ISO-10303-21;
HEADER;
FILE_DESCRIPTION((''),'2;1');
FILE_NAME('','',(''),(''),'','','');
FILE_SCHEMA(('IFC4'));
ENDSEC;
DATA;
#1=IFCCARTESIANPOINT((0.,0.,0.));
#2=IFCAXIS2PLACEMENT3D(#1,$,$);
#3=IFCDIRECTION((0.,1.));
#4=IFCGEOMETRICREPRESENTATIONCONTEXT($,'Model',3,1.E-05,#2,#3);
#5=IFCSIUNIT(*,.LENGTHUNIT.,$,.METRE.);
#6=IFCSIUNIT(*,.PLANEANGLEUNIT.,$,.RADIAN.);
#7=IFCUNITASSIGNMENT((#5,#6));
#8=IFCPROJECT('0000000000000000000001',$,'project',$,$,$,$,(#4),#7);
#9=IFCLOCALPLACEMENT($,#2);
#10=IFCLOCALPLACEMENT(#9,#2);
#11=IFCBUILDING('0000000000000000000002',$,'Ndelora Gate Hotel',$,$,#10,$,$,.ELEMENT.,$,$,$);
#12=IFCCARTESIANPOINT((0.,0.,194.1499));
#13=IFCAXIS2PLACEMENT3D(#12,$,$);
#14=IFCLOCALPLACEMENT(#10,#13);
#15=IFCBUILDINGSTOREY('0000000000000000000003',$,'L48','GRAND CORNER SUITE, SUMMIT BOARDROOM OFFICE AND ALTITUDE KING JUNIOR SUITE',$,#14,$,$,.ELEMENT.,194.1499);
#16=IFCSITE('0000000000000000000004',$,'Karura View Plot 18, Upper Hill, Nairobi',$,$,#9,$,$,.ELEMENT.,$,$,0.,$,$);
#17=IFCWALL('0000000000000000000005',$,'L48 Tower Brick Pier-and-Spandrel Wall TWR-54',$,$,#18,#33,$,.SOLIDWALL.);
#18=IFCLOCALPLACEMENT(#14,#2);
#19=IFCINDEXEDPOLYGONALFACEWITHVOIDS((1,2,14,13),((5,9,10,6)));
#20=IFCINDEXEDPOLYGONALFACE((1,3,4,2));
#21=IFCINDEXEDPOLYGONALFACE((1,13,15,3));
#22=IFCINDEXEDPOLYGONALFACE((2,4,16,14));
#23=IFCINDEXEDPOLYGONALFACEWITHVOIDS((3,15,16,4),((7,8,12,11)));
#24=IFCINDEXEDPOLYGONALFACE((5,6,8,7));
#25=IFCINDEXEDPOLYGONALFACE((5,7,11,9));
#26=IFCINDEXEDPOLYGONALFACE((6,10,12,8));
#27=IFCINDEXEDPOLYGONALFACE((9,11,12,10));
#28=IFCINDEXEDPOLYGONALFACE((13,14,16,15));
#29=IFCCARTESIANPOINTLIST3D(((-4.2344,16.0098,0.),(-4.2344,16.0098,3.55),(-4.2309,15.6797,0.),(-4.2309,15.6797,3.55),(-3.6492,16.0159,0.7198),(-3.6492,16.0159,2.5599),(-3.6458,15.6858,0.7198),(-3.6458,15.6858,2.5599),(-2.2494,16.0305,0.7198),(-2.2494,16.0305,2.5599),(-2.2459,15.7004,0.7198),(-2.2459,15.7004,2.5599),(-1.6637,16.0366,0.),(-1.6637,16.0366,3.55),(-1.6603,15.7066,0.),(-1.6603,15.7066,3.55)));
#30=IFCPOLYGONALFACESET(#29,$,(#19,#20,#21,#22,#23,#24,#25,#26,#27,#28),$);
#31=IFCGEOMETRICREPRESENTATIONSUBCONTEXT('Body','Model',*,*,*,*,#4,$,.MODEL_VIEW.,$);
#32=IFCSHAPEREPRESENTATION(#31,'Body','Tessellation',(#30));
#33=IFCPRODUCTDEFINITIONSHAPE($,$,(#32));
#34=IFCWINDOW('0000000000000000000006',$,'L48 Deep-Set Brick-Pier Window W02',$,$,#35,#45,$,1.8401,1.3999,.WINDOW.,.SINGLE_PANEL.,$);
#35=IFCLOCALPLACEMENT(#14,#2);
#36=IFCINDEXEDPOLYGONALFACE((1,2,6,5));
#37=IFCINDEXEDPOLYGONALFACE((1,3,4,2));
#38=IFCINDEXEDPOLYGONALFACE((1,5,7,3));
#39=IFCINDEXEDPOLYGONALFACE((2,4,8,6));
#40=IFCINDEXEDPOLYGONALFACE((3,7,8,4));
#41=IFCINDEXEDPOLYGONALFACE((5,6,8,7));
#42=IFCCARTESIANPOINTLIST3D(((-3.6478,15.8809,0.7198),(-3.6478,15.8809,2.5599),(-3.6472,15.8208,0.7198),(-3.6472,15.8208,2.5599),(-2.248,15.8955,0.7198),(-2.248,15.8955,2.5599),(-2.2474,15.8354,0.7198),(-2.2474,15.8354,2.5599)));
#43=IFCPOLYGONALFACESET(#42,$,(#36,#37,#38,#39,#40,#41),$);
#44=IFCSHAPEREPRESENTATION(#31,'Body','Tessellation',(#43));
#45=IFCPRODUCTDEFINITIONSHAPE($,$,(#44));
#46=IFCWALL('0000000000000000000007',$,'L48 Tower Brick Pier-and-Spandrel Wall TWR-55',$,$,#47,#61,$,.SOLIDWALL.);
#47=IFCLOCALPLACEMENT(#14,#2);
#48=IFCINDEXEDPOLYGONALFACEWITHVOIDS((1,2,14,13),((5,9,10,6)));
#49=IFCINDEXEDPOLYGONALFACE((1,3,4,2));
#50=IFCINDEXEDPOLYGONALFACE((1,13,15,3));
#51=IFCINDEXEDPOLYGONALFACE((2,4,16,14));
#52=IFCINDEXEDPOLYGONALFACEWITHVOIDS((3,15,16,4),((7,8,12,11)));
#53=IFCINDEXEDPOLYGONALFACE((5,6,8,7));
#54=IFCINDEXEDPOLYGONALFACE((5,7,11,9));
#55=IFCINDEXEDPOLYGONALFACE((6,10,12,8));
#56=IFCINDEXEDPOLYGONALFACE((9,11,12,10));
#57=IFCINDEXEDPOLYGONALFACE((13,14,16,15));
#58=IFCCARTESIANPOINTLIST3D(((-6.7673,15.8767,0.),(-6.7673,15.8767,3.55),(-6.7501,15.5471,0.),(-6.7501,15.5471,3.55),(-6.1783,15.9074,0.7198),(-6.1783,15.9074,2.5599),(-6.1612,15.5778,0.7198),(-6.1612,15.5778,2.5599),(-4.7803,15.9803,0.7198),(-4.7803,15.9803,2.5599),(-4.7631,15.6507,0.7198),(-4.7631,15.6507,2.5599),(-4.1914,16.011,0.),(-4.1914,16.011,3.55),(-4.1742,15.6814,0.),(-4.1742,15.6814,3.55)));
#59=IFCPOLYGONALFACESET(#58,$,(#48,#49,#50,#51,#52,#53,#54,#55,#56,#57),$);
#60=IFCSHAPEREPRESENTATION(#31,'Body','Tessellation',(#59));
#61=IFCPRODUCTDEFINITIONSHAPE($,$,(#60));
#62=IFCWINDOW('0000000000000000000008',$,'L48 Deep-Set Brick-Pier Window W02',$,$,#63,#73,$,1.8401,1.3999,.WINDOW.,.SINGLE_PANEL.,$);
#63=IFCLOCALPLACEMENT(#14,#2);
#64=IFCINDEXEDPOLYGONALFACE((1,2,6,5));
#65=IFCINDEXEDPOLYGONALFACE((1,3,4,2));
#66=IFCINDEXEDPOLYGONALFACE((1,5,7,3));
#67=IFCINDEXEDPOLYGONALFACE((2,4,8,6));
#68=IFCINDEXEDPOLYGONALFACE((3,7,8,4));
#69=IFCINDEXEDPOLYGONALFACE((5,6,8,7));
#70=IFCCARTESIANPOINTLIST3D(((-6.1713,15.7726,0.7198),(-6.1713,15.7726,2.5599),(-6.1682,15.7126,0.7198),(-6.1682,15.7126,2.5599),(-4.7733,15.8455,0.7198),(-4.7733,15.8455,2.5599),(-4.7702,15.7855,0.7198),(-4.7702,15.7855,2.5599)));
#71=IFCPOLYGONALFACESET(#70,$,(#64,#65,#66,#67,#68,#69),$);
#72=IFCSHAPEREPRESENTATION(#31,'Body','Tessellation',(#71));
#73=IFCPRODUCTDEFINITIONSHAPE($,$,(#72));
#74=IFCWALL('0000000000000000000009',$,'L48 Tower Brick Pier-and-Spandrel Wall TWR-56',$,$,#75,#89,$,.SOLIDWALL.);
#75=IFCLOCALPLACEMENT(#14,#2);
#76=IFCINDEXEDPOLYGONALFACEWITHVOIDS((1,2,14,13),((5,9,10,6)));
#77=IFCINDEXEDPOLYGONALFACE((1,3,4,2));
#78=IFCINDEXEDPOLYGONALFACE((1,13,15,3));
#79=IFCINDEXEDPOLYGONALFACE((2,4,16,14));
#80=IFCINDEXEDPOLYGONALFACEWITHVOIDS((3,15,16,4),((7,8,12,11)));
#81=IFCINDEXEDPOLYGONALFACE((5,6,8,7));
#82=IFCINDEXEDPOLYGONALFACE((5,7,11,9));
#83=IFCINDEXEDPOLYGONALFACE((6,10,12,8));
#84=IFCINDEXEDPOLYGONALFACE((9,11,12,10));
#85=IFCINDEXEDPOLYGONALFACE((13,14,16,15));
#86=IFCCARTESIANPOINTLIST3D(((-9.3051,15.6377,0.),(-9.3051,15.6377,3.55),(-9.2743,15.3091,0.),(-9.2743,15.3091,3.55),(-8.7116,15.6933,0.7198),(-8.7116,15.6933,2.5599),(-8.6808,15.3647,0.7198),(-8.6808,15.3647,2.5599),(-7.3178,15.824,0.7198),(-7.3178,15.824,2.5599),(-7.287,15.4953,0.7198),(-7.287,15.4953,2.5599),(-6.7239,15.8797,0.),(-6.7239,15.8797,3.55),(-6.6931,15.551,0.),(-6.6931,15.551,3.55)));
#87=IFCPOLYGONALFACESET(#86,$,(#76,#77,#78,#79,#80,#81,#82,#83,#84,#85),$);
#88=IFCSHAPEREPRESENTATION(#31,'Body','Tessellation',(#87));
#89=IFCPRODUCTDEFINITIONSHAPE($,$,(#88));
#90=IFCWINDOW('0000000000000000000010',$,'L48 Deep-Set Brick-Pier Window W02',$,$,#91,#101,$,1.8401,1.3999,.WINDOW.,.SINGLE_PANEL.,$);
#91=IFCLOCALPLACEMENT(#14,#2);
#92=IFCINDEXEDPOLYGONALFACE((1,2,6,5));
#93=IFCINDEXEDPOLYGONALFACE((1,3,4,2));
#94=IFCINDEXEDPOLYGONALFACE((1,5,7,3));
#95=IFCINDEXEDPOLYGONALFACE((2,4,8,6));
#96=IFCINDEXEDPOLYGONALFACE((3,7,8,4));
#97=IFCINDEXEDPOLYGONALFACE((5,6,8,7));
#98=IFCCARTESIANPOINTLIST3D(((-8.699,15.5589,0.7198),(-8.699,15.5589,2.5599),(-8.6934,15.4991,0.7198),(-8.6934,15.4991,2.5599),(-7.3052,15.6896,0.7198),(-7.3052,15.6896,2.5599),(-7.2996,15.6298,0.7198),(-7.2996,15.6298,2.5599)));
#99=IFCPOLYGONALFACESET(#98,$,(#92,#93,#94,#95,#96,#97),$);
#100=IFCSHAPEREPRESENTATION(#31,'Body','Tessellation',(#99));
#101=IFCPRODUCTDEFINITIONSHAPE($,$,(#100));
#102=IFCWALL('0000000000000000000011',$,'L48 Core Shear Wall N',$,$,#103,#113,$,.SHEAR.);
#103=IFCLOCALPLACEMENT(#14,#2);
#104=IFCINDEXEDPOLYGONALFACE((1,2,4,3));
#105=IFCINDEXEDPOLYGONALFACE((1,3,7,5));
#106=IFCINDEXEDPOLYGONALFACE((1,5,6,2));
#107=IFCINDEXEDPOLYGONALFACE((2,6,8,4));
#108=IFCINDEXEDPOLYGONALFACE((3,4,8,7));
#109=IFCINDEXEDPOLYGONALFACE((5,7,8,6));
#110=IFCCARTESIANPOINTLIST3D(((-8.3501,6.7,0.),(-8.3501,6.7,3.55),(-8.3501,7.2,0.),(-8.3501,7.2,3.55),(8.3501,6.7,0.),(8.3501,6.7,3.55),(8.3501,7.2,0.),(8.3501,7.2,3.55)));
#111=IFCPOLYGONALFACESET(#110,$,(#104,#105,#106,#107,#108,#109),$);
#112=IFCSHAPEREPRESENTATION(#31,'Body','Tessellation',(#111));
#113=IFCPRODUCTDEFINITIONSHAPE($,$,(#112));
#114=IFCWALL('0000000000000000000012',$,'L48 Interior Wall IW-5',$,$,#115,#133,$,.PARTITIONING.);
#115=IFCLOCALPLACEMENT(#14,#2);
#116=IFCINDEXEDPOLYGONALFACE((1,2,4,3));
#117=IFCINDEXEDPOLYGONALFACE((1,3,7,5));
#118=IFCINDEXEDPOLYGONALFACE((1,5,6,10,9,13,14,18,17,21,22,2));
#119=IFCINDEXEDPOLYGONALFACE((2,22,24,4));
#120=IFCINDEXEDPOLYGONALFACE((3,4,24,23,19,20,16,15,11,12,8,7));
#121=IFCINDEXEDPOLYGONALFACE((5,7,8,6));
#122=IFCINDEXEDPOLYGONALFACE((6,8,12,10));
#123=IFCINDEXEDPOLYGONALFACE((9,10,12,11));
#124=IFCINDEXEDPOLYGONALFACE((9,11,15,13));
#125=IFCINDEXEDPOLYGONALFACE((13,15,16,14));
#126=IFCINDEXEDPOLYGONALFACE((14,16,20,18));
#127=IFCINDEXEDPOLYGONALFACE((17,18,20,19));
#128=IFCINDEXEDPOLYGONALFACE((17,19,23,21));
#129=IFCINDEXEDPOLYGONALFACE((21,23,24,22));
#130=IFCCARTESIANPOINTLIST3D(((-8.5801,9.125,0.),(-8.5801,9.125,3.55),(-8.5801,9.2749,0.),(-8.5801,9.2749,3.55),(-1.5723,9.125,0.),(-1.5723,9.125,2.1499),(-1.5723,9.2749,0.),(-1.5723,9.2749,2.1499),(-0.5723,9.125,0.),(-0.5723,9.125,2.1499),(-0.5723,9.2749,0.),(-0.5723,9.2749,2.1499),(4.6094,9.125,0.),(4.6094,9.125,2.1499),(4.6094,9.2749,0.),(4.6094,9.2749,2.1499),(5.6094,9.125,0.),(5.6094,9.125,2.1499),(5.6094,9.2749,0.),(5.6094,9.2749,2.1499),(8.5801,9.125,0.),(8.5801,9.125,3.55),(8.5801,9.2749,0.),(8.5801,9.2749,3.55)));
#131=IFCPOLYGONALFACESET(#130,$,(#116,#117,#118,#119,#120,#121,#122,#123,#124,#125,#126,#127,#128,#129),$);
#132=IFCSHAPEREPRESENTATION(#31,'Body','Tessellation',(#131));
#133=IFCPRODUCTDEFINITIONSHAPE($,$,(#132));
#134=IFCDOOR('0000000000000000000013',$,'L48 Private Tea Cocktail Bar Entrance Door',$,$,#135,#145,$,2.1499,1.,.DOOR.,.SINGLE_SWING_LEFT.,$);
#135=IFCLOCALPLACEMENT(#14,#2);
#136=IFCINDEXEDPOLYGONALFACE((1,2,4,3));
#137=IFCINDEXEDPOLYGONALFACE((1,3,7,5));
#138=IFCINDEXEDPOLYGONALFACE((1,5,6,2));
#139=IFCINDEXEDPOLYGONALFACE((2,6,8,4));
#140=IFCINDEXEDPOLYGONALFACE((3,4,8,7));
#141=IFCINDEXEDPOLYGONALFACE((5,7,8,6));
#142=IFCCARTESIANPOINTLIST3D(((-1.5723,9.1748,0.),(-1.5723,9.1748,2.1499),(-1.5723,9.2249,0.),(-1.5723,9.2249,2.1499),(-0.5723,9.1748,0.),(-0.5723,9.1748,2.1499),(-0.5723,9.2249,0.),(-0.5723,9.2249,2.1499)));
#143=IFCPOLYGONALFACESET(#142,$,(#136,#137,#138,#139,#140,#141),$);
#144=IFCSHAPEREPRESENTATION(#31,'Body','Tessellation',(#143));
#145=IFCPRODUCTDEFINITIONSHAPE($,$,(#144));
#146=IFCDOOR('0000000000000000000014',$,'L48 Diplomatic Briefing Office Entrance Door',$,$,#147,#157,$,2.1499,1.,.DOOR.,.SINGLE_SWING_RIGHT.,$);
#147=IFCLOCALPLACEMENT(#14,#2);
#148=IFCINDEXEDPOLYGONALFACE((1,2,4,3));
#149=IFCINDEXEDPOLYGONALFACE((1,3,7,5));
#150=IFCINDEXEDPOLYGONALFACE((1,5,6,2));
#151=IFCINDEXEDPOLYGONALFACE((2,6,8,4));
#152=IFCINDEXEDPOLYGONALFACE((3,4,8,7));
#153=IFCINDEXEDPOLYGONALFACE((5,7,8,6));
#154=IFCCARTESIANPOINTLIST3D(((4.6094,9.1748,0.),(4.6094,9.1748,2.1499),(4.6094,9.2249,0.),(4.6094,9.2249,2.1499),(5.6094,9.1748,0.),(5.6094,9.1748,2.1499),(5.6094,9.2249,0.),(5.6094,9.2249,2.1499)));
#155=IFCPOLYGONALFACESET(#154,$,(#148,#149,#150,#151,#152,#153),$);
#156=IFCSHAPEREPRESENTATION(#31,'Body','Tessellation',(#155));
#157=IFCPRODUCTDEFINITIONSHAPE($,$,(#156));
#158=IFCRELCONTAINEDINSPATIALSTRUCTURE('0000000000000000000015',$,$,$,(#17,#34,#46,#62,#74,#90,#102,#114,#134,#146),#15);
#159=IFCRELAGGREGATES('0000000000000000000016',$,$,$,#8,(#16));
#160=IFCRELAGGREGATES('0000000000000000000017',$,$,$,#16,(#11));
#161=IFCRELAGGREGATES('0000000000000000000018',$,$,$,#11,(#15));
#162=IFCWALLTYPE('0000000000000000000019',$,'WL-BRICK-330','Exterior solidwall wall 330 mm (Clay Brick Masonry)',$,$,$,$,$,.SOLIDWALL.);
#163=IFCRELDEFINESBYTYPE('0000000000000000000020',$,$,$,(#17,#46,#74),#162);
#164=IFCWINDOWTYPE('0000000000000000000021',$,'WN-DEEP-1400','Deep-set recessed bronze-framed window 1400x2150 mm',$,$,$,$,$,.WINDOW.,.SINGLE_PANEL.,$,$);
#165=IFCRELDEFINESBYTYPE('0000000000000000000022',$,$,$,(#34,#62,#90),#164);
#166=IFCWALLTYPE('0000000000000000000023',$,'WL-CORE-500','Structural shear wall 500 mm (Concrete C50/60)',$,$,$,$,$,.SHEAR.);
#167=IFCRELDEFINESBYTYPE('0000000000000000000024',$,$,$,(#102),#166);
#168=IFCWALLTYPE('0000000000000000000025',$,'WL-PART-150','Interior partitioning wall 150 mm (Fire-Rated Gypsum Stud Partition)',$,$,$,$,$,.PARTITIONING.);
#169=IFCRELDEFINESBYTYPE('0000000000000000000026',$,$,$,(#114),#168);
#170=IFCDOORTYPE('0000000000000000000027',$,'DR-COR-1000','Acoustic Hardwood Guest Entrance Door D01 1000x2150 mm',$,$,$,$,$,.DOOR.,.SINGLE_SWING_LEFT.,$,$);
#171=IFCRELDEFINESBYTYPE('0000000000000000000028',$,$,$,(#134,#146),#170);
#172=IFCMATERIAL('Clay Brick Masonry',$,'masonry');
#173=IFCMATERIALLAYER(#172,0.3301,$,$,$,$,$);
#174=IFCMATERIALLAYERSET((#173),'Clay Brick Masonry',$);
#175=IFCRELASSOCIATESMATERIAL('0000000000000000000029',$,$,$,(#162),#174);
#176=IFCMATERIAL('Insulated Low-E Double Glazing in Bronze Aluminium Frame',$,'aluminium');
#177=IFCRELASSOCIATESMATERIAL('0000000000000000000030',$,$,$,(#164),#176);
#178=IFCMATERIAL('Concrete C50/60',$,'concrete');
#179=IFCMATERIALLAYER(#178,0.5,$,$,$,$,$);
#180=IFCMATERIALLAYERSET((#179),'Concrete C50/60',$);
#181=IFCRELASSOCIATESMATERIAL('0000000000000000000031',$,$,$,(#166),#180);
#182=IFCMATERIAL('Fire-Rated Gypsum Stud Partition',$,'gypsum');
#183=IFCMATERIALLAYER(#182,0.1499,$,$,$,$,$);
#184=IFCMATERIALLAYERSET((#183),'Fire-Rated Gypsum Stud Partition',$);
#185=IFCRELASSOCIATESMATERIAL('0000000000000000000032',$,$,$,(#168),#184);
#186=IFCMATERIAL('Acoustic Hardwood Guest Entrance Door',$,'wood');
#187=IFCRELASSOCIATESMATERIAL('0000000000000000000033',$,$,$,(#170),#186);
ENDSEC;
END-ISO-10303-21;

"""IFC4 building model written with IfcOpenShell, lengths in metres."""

from ifc_helpers import new_model, si_unit, direction, frame, frame_2d, origin, place, context, subcontext, project, spatial, rectangle, extrude, material, layer, layer_set, type_object, element, fill, save


model = new_model("IFC4")

# Units and contexts
model_context = context("Model", 3, precision=1e-05, world=origin(), true_north=direction((0.0, 1.0)))
body_context = subcontext(model_context, "Body", "Model", "MODEL_VIEW")
ifc_project = project(units=[si_unit("LENGTHUNIT", "METRE"), si_unit("PLANEANGLEUNIT", "RADIAN")], contexts=[model_context])

# Site, building, storey
site_placement = place(None, origin())
site = spatial("IfcSite", under=ifc_project, at=site_placement, Name="Karura View Plot 18, Upper Hill, Nairobi", CompositionType="ELEMENT", RefElevation=0.0)
building_placement = place(site_placement, origin())
building = spatial("IfcBuilding", under=site, at=building_placement, Name="Ndelora Gate Hotel", CompositionType="ELEMENT")
storey_placement = place(building_placement, frame((0.0, 0.0, 194.1499)))
storey = spatial("IfcBuildingStorey", under=building, at=storey_placement, Name="L48", Description="GRAND CORNER SUITE, SUMMIT BOARDROOM OFFICE AND ALTITUDE KING JUNIOR SUITE", CompositionType="ELEMENT", Elevation=194.1499)

# Shared definitions
ifc_material_1 = material(Name="Concrete C50/60", Category="concrete")

# Walls, openings, windows
ifc_material_2 = material(Name="Clay Brick Masonry", Category="masonry")
ifc_layer_1 = layer(ifc_material_2, 0.3301)
ifc_layer_set_1 = layer_set([ifc_layer_1], Name="Clay Brick Masonry")
wall_type_1 = type_object("IfcWallType", Name="WL-BRICK-330", Description="Exterior solidwall wall 330 mm (Clay Brick Masonry)", PredefinedType="SOLIDWALL", material=ifc_layer_set_1)
wall_1_placement = place(storey_placement, frame((-4.2327, 15.8447, 0.0), z_axis=(0.0, 0.0, 1.0), x_axis=(0.999945, 0.010447, 0.0)))
wall_1 = element("IfcWall", 1, at=wall_1_placement, inside=storey, type_object=wall_type_1, Name="L48 Tower Brick Pier-and-Spandrel Wall TWR-54", PredefinedType="SOLIDWALL", context=body_context, shape_type="SweptSolid", body=[
    extrude(rectangle(XDim=2.5708, YDim=0.3301, at=frame_2d((1.2854, 0.0))), origin(), (0.0, 0.0, 1.0), 3.55),
])
opening_1_placement = place(wall_1_placement, frame((0.5852, 0.0, 0.72)))
opening_1 = element("IfcOpeningElement", 2, at=opening_1_placement, cuts=wall_1, PredefinedType="OPENING", context=body_context, shape_type="SweptSolid", body=[
    extrude(rectangle(XDim=1.3999, YDim=1.8401, at=frame_2d((0.7, 0.9199))), frame((0.0, 0.175, 0.0), z_axis=(0.0, -1.0, 0.0), x_axis=(1.0, 0.0, 0.0)), (0.0, 0.0, 1.0), 0.3501),
])
ifc_material_3 = material(Name="Insulated Low-E Double Glazing in Bronze Aluminium Frame", Category="aluminium")
window_type = type_object("IfcWindowType", Name="WN-DEEP-1400", Description="Deep-set recessed bronze-framed window 1400x2150 mm", PartitioningType="SINGLE_PANEL", PredefinedType="WINDOW", material=ifc_material_3)
window_1_placement = place(opening_1_placement, origin())
window_1 = element("IfcWindow", 3, at=window_1_placement, inside=storey, type_object=window_type, Name="L48 Deep-Set Brick-Pier Window W02", OverallHeight=1.8401, OverallWidth=1.3999, PartitioningType="SINGLE_PANEL", PredefinedType="WINDOW", context=body_context, shape_type="SweptSolid", body=[
    extrude(rectangle(XDim=1.3999, YDim=1.8401, at=frame_2d((0.7, 0.9199))), frame((0.0, 0.03, 0.0), z_axis=(0.0, -1.0, 0.0), x_axis=(1.0, 0.0, 0.0)), (0.0, 0.0, 1.0), 0.0601),
])
fill(opening_1, window_1)
wall_2_placement = place(storey_placement, frame((-6.7585, 15.7119, 0.0), z_axis=(0.0, 0.0, 1.0), x_axis=(0.998644, 0.052057, 0.0)))
wall_2 = element("IfcWall", 4, at=wall_2_placement, inside=storey, type_object=wall_type_1, Name="L48 Tower Brick Pier-and-Spandrel Wall TWR-55", PredefinedType="SOLIDWALL", context=body_context, shape_type="SweptSolid", body=[
    extrude(rectangle(XDim=2.5793, YDim=0.3301, at=frame_2d((1.2896, 0.0))), origin(), (0.0, 0.0, 1.0), 3.55),
])
opening_2_placement = place(wall_2_placement, frame((0.5896, 0.0, 0.72)))
opening_2 = element("IfcOpeningElement", 5, at=opening_2_placement, cuts=wall_2, PredefinedType="OPENING", context=body_context, shape_type="SweptSolid", body=[
    extrude(rectangle(XDim=1.3999, YDim=1.8401, at=frame_2d((0.7, 0.9199))), frame((0.0, 0.175, 0.0), z_axis=(0.0, -1.0, 0.0), x_axis=(1.0, 0.0, 0.0)), (0.0, 0.0, 1.0), 0.3501),
])
window_2_placement = place(opening_2_placement, origin())
window_2 = element("IfcWindow", 6, at=window_2_placement, inside=storey, type_object=window_type, Name="L48 Deep-Set Brick-Pier Window W02", OverallHeight=1.8401, OverallWidth=1.3999, PartitioningType="SINGLE_PANEL", PredefinedType="WINDOW", context=body_context, shape_type="SweptSolid", body=[
    extrude(rectangle(XDim=1.3999, YDim=1.8401, at=frame_2d((0.7, 0.9199))), frame((0.0, 0.03, 0.0), z_axis=(0.0, -1.0, 0.0), x_axis=(1.0, 0.0, 0.0)), (0.0, 0.0, 1.0), 0.0601),
])
fill(opening_2, window_2)
wall_3_placement = place(storey_placement, frame((-9.2898, 15.4734, 0.0), z_axis=(0.0, 0.0, 1.0), x_axis=(0.995636, 0.09332, 0.0)))
wall_3 = element("IfcWall", 7, at=wall_3_placement, inside=storey, type_object=wall_type_1, Name="L48 Tower Brick Pier-and-Spandrel Wall TWR-56", PredefinedType="SOLIDWALL", context=body_context, shape_type="SweptSolid", body=[
    extrude(rectangle(XDim=2.5925, YDim=0.3301, at=frame_2d((1.2964, 0.0))), origin(), (0.0, 0.0, 1.0), 3.55),
])
opening_3_placement = place(wall_3_placement, frame((0.5962, 0.0, 0.72)))
opening_3 = element("IfcOpeningElement", 8, at=opening_3_placement, cuts=wall_3, PredefinedType="OPENING", context=body_context, shape_type="SweptSolid", body=[
    extrude(rectangle(XDim=1.3999, YDim=1.8401, at=frame_2d((0.7, 0.9199))), frame((0.0, 0.175, 0.0), z_axis=(0.0, -1.0, 0.0), x_axis=(1.0, 0.0, 0.0)), (0.0, 0.0, 1.0), 0.3501),
])
window_3_placement = place(opening_3_placement, origin())
window_3 = element("IfcWindow", 9, at=window_3_placement, inside=storey, type_object=window_type, Name="L48 Deep-Set Brick-Pier Window W02", OverallHeight=1.8401, OverallWidth=1.3999, PartitioningType="SINGLE_PANEL", PredefinedType="WINDOW", context=body_context, shape_type="SweptSolid", body=[
    extrude(rectangle(XDim=1.3999, YDim=1.8401, at=frame_2d((0.7, 0.9199))), frame((0.0, 0.03, 0.0), z_axis=(0.0, -1.0, 0.0), x_axis=(1.0, 0.0, 0.0)), (0.0, 0.0, 1.0), 0.0601),
])
fill(opening_3, window_3)

# Wall
ifc_layer_2 = layer(ifc_material_1, 0.5)
ifc_layer_set_2 = layer_set([ifc_layer_2], Name="Concrete C50/60")
wall_type_2 = type_object("IfcWallType", Name="WL-CORE-500", Description="Structural shear wall 500 mm (Concrete C50/60)", PredefinedType="SHEAR", material=ifc_layer_set_2)
wall_4_placement = place(storey_placement, frame((-8.3501, 6.95, 0.0), z_axis=(0.0, 0.0, 1.0), x_axis=(1.0, 0.0, 0.0)))
element("IfcWall", 10, at=wall_4_placement, inside=storey, type_object=wall_type_2, Name="L48 Core Shear Wall N", PredefinedType="SHEAR", context=body_context, shape_type="SweptSolid", body=[
    extrude(rectangle(XDim=16.7002, YDim=0.5, at=frame_2d((8.3501, 0.0))), origin(), (0.0, 0.0, 1.0), 3.55),
])

# Wall, openings, doors
ifc_material_4 = material(Name="Fire-Rated Gypsum Stud Partition", Category="gypsum")
ifc_layer_3 = layer(ifc_material_4, 0.1499)
ifc_layer_set_3 = layer_set([ifc_layer_3], Name="Fire-Rated Gypsum Stud Partition")
wall_type_3 = type_object("IfcWallType", Name="WL-PART-150", Description="Interior partitioning wall 150 mm (Fire-Rated Gypsum Stud Partition)", PredefinedType="PARTITIONING", material=ifc_layer_set_3)
wall_5_placement = place(storey_placement, frame((-8.5801, 9.2, 0.0), z_axis=(0.0, 0.0, 1.0), x_axis=(1.0, 0.0, 0.0)))
wall_5 = element("IfcWall", 11, at=wall_5_placement, inside=storey, type_object=wall_type_3, Name="L48 Interior Wall IW-5", PredefinedType="PARTITIONING", context=body_context, shape_type="SweptSolid", body=[
    extrude(rectangle(XDim=17.1602, YDim=0.1499, at=frame_2d((8.5801, 0.0))), origin(), (0.0, 0.0, 1.0), 3.55),
])
opening_4_placement = place(wall_5_placement, frame((7.0078, 0.0, 0.0)))
opening_4 = element("IfcOpeningElement", 12, at=opening_4_placement, cuts=wall_5, PredefinedType="OPENING", context=body_context, shape_type="SweptSolid", body=[
    extrude(rectangle(XDim=1.0, YDim=2.1499, at=frame_2d((0.5, 1.075))), frame((0.0, 0.085, 0.0), z_axis=(0.0, -1.0, 0.0), x_axis=(1.0, 0.0, 0.0)), (0.0, 0.0, 1.0), 0.1699),
])
opening_5_placement = place(wall_5_placement, frame((13.1895, 0.0, 0.0)))
opening_5 = element("IfcOpeningElement", 13, at=opening_5_placement, cuts=wall_5, PredefinedType="OPENING", context=body_context, shape_type="SweptSolid", body=[
    extrude(rectangle(XDim=1.0, YDim=2.1499, at=frame_2d((0.5, 1.075))), frame((0.0, 0.085, 0.0), z_axis=(0.0, -1.0, 0.0), x_axis=(1.0, 0.0, 0.0)), (0.0, 0.0, 1.0), 0.1699),
])
ifc_material_5 = material(Name="Acoustic Hardwood Guest Entrance Door", Category="wood")
door_type_1 = type_object("IfcDoorType", Name="DR-COR-1000", Description="Acoustic Hardwood Guest Entrance Door D01 1000x2150 mm", OperationType="SINGLE_SWING_LEFT", PredefinedType="DOOR", material=ifc_material_5)
door_1_placement = place(opening_4_placement, origin())
door_1 = element("IfcDoor", 14, at=door_1_placement, inside=storey, type_object=door_type_1, Name="L48 Private Tea Cocktail Bar Entrance Door", OperationType="SINGLE_SWING_LEFT", OverallHeight=2.1499, OverallWidth=1.0, PredefinedType="DOOR", context=body_context, shape_type="SweptSolid", body=[
    extrude(rectangle(XDim=1.0, YDim=2.1499, at=frame_2d((0.5, 1.075))), frame((0.0, 0.0249, 0.0), z_axis=(0.0, -1.0, 0.0), x_axis=(1.0, 0.0, 0.0)), (0.0, 0.0, 1.0), 0.05),
])
fill(opening_4, door_1)
door_2_placement = place(opening_5_placement, origin())
door_2 = element("IfcDoor", 15, at=door_2_placement, inside=storey, type_object=door_type_1, Name="L48 Diplomatic Briefing Office Entrance Door", OperationType="SINGLE_SWING_RIGHT", OverallHeight=2.1499, OverallWidth=1.0, PredefinedType="DOOR", context=body_context, shape_type="SweptSolid", body=[
    extrude(rectangle(XDim=1.0, YDim=2.1499, at=frame_2d((0.5, 1.075))), frame((0.0, 0.0249, 0.0), z_axis=(0.0, -1.0, 0.0), x_axis=(1.0, 0.0, 0.0)), (0.0, 0.0, 1.0), 0.05),
])
fill(opening_5, door_2)

save(model, "model.ifc")
